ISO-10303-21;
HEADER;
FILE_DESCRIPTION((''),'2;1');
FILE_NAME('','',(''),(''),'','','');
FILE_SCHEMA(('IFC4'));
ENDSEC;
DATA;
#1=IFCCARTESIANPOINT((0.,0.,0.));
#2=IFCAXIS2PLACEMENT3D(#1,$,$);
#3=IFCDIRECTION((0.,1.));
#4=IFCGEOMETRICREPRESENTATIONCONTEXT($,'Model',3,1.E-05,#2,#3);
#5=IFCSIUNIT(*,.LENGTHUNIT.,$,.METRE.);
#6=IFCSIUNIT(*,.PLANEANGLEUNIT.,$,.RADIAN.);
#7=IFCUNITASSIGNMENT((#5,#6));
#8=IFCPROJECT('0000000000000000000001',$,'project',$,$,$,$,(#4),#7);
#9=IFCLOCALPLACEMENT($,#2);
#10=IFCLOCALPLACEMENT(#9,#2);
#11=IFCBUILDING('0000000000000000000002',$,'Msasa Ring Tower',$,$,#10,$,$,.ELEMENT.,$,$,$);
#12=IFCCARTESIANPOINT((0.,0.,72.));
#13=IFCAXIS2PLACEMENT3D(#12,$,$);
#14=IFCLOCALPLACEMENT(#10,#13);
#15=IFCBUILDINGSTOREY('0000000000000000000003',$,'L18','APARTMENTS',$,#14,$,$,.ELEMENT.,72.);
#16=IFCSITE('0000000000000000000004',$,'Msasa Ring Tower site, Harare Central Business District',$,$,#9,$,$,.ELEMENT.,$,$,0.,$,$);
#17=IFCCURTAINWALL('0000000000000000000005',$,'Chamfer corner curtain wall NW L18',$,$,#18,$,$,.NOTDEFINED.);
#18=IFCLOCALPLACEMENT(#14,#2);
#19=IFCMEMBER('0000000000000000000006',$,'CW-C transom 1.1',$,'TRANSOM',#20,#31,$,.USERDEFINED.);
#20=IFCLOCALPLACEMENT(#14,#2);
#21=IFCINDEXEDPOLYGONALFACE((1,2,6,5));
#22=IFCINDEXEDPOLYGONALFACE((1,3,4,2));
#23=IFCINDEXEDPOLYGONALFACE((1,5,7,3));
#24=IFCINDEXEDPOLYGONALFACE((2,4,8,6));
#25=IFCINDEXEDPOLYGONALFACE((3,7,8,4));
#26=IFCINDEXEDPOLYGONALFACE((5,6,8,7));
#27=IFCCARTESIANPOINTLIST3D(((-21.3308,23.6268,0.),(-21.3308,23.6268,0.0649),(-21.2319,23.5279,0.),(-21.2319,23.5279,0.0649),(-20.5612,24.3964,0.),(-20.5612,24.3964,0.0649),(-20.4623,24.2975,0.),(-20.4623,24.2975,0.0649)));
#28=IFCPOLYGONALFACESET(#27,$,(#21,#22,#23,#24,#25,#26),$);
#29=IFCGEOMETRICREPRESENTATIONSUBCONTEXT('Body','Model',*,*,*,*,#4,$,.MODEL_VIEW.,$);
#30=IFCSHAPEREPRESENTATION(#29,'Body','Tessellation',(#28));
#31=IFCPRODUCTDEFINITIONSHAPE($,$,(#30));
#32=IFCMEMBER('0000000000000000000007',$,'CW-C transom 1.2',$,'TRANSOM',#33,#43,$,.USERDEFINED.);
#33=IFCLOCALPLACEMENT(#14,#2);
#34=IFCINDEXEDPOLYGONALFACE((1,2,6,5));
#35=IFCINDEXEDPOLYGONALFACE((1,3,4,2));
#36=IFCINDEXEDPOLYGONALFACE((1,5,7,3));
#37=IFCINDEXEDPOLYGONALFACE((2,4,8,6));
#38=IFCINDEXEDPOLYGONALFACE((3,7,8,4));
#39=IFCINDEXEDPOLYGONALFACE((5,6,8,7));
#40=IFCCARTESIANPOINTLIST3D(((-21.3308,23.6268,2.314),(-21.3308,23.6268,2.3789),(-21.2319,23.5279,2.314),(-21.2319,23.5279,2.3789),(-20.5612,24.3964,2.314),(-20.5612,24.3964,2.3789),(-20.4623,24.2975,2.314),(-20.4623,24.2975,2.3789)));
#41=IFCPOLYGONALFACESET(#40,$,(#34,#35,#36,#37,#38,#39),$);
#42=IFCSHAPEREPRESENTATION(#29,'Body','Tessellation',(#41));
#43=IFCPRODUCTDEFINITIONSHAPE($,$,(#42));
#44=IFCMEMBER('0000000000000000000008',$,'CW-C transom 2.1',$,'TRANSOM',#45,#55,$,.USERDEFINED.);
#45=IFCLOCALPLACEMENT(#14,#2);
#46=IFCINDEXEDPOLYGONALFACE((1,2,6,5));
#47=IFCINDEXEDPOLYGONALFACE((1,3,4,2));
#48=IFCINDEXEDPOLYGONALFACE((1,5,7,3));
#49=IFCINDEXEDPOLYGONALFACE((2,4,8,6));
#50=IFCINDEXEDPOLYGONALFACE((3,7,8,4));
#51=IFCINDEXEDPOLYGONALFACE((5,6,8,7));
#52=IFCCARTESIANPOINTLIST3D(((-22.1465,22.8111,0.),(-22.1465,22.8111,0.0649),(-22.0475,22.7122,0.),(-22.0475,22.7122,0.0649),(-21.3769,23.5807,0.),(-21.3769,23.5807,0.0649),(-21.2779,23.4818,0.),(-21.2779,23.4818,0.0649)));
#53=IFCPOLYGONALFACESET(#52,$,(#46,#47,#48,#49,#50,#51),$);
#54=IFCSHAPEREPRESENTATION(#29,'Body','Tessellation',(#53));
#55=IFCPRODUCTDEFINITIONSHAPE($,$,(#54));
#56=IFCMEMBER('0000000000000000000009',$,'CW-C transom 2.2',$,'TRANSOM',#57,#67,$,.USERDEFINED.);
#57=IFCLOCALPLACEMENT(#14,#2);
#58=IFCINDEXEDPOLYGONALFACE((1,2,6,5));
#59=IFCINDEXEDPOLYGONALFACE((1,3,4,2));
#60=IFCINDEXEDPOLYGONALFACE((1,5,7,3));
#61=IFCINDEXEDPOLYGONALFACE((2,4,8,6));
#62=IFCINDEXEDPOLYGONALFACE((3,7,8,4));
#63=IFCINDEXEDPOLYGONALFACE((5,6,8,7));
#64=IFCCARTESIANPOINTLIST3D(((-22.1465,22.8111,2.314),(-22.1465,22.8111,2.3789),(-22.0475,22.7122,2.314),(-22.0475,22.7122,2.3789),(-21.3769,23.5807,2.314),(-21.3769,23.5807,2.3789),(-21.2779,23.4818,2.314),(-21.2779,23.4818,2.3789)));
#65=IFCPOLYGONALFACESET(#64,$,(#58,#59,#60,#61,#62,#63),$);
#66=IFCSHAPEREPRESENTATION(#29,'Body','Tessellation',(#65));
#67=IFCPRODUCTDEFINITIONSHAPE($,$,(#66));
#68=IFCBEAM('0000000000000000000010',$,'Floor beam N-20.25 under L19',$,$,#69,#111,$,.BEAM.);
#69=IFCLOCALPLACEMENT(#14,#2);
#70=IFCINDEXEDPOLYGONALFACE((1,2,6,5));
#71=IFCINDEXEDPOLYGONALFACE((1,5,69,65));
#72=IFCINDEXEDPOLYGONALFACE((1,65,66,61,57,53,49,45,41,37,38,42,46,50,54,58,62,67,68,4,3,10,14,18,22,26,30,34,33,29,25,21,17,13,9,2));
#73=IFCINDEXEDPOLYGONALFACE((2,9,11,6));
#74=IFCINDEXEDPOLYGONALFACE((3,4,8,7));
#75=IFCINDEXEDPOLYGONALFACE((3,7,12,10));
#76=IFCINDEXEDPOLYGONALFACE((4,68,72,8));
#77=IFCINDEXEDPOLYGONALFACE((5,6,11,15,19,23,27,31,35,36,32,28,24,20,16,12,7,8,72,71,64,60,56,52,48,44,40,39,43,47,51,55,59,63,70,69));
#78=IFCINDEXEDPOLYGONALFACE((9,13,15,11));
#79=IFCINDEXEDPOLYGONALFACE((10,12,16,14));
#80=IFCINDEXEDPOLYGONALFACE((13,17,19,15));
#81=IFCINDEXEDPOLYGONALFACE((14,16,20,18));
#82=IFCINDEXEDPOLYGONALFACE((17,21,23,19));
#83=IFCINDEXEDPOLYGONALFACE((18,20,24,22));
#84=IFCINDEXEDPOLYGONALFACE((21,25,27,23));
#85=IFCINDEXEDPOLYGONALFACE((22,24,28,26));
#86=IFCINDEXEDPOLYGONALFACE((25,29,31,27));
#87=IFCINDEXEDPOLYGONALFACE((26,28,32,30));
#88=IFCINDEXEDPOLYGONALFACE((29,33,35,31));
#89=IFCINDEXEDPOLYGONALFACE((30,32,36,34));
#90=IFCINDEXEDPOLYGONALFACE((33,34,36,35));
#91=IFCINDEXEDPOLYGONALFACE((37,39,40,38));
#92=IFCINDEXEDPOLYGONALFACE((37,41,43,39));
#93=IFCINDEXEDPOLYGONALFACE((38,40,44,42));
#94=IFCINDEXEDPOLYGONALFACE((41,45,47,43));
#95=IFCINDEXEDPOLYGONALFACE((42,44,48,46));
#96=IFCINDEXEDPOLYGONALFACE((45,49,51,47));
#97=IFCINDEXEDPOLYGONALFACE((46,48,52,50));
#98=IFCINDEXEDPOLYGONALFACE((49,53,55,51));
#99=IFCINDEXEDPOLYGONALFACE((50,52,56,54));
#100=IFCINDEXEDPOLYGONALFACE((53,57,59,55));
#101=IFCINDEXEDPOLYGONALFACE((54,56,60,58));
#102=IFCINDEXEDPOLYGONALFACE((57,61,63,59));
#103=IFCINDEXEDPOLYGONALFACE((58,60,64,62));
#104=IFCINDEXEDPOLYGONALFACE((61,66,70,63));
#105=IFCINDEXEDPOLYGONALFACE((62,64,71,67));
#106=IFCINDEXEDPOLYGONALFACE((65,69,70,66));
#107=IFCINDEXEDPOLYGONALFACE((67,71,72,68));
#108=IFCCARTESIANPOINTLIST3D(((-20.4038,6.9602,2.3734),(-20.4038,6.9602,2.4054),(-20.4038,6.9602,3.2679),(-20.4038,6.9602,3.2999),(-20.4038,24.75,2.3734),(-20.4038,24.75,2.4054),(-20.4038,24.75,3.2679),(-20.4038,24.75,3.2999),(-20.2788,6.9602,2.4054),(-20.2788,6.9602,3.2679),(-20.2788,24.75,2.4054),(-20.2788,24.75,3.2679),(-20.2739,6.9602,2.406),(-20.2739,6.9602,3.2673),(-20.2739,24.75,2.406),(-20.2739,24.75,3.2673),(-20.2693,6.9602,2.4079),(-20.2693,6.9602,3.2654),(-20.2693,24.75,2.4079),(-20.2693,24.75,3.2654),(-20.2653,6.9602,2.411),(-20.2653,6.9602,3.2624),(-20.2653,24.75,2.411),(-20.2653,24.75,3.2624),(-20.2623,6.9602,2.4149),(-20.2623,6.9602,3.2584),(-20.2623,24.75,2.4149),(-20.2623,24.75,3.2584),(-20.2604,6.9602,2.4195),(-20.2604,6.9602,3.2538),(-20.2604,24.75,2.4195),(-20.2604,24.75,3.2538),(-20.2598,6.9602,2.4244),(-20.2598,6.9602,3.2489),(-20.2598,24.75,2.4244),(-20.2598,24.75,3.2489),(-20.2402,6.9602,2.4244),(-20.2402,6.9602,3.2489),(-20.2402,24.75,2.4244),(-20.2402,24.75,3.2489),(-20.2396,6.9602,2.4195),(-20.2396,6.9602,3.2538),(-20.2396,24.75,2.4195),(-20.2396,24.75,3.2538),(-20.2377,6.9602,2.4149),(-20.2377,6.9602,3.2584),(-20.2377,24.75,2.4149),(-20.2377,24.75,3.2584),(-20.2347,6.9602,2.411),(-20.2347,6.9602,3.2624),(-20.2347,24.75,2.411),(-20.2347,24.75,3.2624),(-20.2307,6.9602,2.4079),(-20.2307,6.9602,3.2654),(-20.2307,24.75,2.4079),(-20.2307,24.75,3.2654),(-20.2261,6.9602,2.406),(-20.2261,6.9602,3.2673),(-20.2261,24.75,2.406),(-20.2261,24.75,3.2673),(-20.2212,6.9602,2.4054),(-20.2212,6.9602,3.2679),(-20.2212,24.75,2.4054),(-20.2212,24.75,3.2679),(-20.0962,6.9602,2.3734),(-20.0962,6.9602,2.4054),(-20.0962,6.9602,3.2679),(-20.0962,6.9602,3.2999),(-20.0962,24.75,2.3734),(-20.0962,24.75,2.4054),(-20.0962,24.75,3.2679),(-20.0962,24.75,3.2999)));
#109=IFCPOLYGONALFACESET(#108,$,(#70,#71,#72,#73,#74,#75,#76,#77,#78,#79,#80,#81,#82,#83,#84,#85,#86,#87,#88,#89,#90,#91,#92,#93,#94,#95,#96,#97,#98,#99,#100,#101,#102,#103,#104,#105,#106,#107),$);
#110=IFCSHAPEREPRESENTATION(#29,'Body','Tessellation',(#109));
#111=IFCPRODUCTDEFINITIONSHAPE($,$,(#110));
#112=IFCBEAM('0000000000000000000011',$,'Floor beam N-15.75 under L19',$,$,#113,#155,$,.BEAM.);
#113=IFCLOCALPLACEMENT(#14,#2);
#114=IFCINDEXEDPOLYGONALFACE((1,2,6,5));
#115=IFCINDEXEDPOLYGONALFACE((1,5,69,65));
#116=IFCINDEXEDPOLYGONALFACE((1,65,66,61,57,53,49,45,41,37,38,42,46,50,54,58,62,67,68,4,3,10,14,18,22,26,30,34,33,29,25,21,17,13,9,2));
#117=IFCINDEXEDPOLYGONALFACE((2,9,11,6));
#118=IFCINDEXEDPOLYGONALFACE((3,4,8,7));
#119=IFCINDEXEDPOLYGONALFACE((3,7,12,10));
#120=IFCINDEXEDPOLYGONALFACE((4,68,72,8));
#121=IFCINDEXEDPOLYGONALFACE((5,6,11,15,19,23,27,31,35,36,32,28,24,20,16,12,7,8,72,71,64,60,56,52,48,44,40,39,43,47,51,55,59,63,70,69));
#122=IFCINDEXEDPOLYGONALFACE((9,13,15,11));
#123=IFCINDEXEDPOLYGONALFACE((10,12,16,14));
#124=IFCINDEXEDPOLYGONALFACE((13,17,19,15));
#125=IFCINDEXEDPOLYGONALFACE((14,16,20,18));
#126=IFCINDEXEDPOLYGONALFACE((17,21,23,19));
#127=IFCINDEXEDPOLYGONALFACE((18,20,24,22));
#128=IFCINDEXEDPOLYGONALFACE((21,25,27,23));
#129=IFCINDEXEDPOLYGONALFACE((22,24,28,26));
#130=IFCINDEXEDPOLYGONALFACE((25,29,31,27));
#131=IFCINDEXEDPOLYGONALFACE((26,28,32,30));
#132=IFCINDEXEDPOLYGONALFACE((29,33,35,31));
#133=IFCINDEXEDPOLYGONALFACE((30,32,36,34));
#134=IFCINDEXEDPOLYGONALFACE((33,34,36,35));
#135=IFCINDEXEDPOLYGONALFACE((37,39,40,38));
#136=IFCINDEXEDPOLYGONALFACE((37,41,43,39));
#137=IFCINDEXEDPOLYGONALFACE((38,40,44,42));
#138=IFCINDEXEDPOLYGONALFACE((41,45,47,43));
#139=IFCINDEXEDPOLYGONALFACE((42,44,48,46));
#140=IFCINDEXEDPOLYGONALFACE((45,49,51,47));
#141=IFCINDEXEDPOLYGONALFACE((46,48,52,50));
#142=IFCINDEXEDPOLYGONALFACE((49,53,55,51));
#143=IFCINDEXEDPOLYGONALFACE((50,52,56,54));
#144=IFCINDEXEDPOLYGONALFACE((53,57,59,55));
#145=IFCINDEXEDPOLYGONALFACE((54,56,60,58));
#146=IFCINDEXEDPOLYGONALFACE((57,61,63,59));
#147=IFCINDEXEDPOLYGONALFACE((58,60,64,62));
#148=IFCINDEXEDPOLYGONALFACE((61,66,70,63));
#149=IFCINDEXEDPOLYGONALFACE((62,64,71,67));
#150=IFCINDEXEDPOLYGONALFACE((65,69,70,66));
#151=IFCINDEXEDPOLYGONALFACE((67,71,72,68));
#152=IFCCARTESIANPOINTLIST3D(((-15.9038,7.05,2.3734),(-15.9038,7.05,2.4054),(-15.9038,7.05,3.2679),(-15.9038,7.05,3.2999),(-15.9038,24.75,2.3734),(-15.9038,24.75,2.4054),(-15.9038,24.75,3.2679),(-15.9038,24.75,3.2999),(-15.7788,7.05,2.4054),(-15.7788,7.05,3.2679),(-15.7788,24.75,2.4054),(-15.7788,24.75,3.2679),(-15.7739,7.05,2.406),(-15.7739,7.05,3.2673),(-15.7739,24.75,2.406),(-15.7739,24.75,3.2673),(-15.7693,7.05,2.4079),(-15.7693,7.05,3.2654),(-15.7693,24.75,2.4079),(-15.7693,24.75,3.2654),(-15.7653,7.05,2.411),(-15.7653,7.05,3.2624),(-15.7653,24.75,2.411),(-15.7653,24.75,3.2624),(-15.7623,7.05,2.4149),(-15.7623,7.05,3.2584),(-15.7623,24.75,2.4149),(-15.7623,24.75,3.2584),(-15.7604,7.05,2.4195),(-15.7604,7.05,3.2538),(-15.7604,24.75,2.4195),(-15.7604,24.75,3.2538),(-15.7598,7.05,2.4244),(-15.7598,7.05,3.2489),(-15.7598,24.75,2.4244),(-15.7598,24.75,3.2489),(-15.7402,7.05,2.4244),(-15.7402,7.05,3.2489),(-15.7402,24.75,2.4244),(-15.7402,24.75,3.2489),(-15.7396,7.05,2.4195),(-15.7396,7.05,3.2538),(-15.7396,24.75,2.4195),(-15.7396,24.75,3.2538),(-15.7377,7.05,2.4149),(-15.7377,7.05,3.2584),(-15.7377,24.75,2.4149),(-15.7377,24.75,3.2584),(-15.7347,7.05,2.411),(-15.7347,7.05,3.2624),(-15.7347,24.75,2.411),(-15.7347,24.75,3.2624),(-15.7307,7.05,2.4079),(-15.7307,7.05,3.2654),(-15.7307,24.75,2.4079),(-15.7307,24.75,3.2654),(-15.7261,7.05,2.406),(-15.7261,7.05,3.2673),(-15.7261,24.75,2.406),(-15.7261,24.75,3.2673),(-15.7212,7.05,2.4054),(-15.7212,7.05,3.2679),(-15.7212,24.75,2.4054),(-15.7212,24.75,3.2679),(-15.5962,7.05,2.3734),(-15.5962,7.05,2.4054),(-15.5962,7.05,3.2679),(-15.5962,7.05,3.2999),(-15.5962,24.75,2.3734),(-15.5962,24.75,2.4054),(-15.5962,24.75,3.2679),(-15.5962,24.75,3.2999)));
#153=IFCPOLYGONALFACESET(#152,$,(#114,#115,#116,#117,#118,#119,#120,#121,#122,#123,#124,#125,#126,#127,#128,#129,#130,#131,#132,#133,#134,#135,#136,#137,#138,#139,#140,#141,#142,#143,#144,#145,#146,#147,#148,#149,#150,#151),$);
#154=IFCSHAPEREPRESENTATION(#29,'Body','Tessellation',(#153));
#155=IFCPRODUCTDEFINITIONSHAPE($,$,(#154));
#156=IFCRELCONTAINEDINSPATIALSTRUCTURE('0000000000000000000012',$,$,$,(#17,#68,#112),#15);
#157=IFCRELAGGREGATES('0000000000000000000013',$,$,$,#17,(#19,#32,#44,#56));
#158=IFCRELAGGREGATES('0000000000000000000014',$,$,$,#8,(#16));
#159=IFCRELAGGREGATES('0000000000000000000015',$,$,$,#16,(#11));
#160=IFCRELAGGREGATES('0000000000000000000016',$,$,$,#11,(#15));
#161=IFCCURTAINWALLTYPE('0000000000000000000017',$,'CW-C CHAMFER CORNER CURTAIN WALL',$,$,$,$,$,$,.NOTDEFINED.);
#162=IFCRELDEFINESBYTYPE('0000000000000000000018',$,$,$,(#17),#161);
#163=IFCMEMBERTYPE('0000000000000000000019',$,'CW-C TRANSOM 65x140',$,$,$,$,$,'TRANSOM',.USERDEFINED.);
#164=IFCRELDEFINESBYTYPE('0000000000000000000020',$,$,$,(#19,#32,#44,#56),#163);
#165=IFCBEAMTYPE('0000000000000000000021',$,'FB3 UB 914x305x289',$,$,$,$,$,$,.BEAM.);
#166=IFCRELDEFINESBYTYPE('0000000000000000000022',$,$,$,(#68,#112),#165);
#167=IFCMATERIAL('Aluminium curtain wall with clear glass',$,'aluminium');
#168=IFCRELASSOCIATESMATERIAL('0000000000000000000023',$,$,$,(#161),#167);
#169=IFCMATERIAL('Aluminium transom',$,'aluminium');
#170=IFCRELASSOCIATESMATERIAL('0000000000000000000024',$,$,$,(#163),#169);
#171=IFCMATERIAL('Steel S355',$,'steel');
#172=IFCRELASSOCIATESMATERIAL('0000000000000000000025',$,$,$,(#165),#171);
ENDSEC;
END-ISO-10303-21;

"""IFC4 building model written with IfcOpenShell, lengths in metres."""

from ifc_helpers import new_model, si_unit, direction, frame, origin, origin_2d, place, context, subcontext, project, spatial, rectangle, i_section, extrude, material, material_profile, profile_set, type_object, element, aggregate, save


model = new_model("IFC4")

# Units and contexts
model_context = context("Model", 3, precision=1e-05, world=origin(), true_north=direction((0.0, 1.0)))
body_context = subcontext(model_context, "Body", "Model", "MODEL_VIEW")
ifc_project = project(units=[si_unit("LENGTHUNIT", "METRE"), si_unit("PLANEANGLEUNIT", "RADIAN")], contexts=[model_context])

# Site, building, storey
site_placement = place(None, origin())
site = spatial("IfcSite", under=ifc_project, at=site_placement, Name="Msasa Ring Tower site, Harare Central Business District", CompositionType="ELEMENT", RefElevation=0.0)
building_placement = place(site_placement, origin())
building = spatial("IfcBuilding", under=site, at=building_placement, Name="Msasa Ring Tower", CompositionType="ELEMENT")
storey_placement = place(building_placement, frame((0.0, 0.0, 72.0)))
storey = spatial("IfcBuildingStorey", under=building, at=storey_placement, Name="L18", Description="APARTMENTS", CompositionType="ELEMENT", Elevation=72.0)

# Curtain wall
ifc_material_1 = material(Name="Aluminium curtain wall with clear glass", Category="aluminium")
curtain_wall_type = type_object("IfcCurtainWallType", Name="CW-C CHAMFER CORNER CURTAIN WALL", PredefinedType="NOTDEFINED", material=ifc_material_1)
curtain_wall_1_placement = place(storey_placement, origin())
curtain_wall_1 = element("IfcCurtainWall", 1, at=curtain_wall_1_placement, inside=storey, type_object=curtain_wall_type, Name="Chamfer corner curtain wall NW L18", PredefinedType="NOTDEFINED")

# Members
ifc_material_2 = material(Name="Aluminium transom", Category="aluminium")
ifc_material_profile_1 = material_profile(ifc_material_2, rectangle(XDim=0.1399, YDim=0.0649, at=origin_2d()), Name="AL 65x140")
ifc_profile_set_1 = profile_set([ifc_material_profile_1], Name="Aluminium transom")
member_type_1 = type_object("IfcMemberType", Name="CW-C TRANSOM 65x140", ElementType="TRANSOM", PredefinedType="USERDEFINED", material=ifc_profile_set_1)
member_1_placement = place(storey_placement, frame((-20.5117, 24.3469, 0.0325), z_axis=(-0.707107, -0.707107, 0.0), x_axis=(0.707107, -0.707107, 0.0)))
member_1 = element("IfcMember", 2, at=member_1_placement, type_object=member_type_1, Name="CW-C transom 1.1", ObjectType="TRANSOM", PredefinedType="USERDEFINED", context=body_context, shape_type="SweptSolid", body=[
    extrude(rectangle(XDim=0.1399, YDim=0.0649, at=origin_2d()), origin(), (0.0, 0.0, 1.0), 1.0884),
])
member_2_placement = place(storey_placement, frame((-20.5117, 24.3469, 2.3464), z_axis=(-0.707107, -0.707107, 0.0), x_axis=(0.707107, -0.707107, 0.0)))
member_2 = element("IfcMember", 3, at=member_2_placement, type_object=member_type_1, Name="CW-C transom 1.2", ObjectType="TRANSOM", PredefinedType="USERDEFINED", context=body_context, shape_type="SweptSolid", body=[
    extrude(rectangle(XDim=0.1399, YDim=0.0649, at=origin_2d()), origin(), (0.0, 0.0, 1.0), 1.0884),
])
member_3_placement = place(storey_placement, frame((-21.3274, 23.5312, 0.0325), z_axis=(-0.707107, -0.707107, 0.0), x_axis=(0.707107, -0.707107, 0.0)))
member_3 = element("IfcMember", 4, at=member_3_placement, type_object=member_type_1, Name="CW-C transom 2.1", ObjectType="TRANSOM", PredefinedType="USERDEFINED", context=body_context, shape_type="SweptSolid", body=[
    extrude(rectangle(XDim=0.1399, YDim=0.0649, at=origin_2d()), origin(), (0.0, 0.0, 1.0), 1.0884),
])
member_4_placement = place(storey_placement, frame((-21.3274, 23.5312, 2.3464), z_axis=(-0.707107, -0.707107, 0.0), x_axis=(0.707107, -0.707107, 0.0)))
member_4 = element("IfcMember", 5, at=member_4_placement, type_object=member_type_1, Name="CW-C transom 2.2", ObjectType="TRANSOM", PredefinedType="USERDEFINED", context=body_context, shape_type="SweptSolid", body=[
    extrude(rectangle(XDim=0.1399, YDim=0.0649, at=origin_2d()), origin(), (0.0, 0.0, 1.0), 1.0884),
])

# Beams
ifc_material_3 = material(Name="Steel S355", Category="steel")
ifc_material_profile_2 = material_profile(ifc_material_3, i_section(OverallWidth=0.3076, OverallDepth=0.9265, WebThickness=0.0195, FlangeThickness=0.032, FilletRadius=0.019, at=origin_2d()), Name="UB 914x305x289")
ifc_profile_set_2 = profile_set([ifc_material_profile_2], Name="Steel S355")
beam_type_1 = type_object("IfcBeamType", Name="FB3 UB 914x305x289", PredefinedType="BEAM", material=ifc_profile_set_2)
beam_1_placement = place(storey_placement, frame((-20.25, 24.75, 2.8367), z_axis=(0.0, -1.0, 0.0), x_axis=(1.0, 0.0, 0.0)))
element("IfcBeam", 6, at=beam_1_placement, inside=storey, type_object=beam_type_1, Name="Floor beam N-20.25 under L19", PredefinedType="BEAM", context=body_context, shape_type="SweptSolid", body=[
    extrude(i_section(OverallWidth=0.3076, OverallDepth=0.9265, WebThickness=0.0195, FlangeThickness=0.032, FilletRadius=0.019, at=origin_2d()), origin(), (0.0, 0.0, 1.0), 17.7898),
])
beam_2_placement = place(storey_placement, frame((-15.75, 24.75, 2.8367), z_axis=(0.0, -1.0, 0.0), x_axis=(1.0, 0.0, 0.0)))
element("IfcBeam", 7, at=beam_2_placement, inside=storey, type_object=beam_type_1, Name="Floor beam N-15.75 under L19", PredefinedType="BEAM", context=body_context, shape_type="SweptSolid", body=[
    extrude(i_section(OverallWidth=0.3076, OverallDepth=0.9265, WebThickness=0.0195, FlangeThickness=0.032, FilletRadius=0.019, at=origin_2d()), origin(), (0.0, 0.0, 1.0), 17.7),
])

aggregate(curtain_wall_1, [member_1, member_2, member_3, member_4])

save(model, "model.ifc")
